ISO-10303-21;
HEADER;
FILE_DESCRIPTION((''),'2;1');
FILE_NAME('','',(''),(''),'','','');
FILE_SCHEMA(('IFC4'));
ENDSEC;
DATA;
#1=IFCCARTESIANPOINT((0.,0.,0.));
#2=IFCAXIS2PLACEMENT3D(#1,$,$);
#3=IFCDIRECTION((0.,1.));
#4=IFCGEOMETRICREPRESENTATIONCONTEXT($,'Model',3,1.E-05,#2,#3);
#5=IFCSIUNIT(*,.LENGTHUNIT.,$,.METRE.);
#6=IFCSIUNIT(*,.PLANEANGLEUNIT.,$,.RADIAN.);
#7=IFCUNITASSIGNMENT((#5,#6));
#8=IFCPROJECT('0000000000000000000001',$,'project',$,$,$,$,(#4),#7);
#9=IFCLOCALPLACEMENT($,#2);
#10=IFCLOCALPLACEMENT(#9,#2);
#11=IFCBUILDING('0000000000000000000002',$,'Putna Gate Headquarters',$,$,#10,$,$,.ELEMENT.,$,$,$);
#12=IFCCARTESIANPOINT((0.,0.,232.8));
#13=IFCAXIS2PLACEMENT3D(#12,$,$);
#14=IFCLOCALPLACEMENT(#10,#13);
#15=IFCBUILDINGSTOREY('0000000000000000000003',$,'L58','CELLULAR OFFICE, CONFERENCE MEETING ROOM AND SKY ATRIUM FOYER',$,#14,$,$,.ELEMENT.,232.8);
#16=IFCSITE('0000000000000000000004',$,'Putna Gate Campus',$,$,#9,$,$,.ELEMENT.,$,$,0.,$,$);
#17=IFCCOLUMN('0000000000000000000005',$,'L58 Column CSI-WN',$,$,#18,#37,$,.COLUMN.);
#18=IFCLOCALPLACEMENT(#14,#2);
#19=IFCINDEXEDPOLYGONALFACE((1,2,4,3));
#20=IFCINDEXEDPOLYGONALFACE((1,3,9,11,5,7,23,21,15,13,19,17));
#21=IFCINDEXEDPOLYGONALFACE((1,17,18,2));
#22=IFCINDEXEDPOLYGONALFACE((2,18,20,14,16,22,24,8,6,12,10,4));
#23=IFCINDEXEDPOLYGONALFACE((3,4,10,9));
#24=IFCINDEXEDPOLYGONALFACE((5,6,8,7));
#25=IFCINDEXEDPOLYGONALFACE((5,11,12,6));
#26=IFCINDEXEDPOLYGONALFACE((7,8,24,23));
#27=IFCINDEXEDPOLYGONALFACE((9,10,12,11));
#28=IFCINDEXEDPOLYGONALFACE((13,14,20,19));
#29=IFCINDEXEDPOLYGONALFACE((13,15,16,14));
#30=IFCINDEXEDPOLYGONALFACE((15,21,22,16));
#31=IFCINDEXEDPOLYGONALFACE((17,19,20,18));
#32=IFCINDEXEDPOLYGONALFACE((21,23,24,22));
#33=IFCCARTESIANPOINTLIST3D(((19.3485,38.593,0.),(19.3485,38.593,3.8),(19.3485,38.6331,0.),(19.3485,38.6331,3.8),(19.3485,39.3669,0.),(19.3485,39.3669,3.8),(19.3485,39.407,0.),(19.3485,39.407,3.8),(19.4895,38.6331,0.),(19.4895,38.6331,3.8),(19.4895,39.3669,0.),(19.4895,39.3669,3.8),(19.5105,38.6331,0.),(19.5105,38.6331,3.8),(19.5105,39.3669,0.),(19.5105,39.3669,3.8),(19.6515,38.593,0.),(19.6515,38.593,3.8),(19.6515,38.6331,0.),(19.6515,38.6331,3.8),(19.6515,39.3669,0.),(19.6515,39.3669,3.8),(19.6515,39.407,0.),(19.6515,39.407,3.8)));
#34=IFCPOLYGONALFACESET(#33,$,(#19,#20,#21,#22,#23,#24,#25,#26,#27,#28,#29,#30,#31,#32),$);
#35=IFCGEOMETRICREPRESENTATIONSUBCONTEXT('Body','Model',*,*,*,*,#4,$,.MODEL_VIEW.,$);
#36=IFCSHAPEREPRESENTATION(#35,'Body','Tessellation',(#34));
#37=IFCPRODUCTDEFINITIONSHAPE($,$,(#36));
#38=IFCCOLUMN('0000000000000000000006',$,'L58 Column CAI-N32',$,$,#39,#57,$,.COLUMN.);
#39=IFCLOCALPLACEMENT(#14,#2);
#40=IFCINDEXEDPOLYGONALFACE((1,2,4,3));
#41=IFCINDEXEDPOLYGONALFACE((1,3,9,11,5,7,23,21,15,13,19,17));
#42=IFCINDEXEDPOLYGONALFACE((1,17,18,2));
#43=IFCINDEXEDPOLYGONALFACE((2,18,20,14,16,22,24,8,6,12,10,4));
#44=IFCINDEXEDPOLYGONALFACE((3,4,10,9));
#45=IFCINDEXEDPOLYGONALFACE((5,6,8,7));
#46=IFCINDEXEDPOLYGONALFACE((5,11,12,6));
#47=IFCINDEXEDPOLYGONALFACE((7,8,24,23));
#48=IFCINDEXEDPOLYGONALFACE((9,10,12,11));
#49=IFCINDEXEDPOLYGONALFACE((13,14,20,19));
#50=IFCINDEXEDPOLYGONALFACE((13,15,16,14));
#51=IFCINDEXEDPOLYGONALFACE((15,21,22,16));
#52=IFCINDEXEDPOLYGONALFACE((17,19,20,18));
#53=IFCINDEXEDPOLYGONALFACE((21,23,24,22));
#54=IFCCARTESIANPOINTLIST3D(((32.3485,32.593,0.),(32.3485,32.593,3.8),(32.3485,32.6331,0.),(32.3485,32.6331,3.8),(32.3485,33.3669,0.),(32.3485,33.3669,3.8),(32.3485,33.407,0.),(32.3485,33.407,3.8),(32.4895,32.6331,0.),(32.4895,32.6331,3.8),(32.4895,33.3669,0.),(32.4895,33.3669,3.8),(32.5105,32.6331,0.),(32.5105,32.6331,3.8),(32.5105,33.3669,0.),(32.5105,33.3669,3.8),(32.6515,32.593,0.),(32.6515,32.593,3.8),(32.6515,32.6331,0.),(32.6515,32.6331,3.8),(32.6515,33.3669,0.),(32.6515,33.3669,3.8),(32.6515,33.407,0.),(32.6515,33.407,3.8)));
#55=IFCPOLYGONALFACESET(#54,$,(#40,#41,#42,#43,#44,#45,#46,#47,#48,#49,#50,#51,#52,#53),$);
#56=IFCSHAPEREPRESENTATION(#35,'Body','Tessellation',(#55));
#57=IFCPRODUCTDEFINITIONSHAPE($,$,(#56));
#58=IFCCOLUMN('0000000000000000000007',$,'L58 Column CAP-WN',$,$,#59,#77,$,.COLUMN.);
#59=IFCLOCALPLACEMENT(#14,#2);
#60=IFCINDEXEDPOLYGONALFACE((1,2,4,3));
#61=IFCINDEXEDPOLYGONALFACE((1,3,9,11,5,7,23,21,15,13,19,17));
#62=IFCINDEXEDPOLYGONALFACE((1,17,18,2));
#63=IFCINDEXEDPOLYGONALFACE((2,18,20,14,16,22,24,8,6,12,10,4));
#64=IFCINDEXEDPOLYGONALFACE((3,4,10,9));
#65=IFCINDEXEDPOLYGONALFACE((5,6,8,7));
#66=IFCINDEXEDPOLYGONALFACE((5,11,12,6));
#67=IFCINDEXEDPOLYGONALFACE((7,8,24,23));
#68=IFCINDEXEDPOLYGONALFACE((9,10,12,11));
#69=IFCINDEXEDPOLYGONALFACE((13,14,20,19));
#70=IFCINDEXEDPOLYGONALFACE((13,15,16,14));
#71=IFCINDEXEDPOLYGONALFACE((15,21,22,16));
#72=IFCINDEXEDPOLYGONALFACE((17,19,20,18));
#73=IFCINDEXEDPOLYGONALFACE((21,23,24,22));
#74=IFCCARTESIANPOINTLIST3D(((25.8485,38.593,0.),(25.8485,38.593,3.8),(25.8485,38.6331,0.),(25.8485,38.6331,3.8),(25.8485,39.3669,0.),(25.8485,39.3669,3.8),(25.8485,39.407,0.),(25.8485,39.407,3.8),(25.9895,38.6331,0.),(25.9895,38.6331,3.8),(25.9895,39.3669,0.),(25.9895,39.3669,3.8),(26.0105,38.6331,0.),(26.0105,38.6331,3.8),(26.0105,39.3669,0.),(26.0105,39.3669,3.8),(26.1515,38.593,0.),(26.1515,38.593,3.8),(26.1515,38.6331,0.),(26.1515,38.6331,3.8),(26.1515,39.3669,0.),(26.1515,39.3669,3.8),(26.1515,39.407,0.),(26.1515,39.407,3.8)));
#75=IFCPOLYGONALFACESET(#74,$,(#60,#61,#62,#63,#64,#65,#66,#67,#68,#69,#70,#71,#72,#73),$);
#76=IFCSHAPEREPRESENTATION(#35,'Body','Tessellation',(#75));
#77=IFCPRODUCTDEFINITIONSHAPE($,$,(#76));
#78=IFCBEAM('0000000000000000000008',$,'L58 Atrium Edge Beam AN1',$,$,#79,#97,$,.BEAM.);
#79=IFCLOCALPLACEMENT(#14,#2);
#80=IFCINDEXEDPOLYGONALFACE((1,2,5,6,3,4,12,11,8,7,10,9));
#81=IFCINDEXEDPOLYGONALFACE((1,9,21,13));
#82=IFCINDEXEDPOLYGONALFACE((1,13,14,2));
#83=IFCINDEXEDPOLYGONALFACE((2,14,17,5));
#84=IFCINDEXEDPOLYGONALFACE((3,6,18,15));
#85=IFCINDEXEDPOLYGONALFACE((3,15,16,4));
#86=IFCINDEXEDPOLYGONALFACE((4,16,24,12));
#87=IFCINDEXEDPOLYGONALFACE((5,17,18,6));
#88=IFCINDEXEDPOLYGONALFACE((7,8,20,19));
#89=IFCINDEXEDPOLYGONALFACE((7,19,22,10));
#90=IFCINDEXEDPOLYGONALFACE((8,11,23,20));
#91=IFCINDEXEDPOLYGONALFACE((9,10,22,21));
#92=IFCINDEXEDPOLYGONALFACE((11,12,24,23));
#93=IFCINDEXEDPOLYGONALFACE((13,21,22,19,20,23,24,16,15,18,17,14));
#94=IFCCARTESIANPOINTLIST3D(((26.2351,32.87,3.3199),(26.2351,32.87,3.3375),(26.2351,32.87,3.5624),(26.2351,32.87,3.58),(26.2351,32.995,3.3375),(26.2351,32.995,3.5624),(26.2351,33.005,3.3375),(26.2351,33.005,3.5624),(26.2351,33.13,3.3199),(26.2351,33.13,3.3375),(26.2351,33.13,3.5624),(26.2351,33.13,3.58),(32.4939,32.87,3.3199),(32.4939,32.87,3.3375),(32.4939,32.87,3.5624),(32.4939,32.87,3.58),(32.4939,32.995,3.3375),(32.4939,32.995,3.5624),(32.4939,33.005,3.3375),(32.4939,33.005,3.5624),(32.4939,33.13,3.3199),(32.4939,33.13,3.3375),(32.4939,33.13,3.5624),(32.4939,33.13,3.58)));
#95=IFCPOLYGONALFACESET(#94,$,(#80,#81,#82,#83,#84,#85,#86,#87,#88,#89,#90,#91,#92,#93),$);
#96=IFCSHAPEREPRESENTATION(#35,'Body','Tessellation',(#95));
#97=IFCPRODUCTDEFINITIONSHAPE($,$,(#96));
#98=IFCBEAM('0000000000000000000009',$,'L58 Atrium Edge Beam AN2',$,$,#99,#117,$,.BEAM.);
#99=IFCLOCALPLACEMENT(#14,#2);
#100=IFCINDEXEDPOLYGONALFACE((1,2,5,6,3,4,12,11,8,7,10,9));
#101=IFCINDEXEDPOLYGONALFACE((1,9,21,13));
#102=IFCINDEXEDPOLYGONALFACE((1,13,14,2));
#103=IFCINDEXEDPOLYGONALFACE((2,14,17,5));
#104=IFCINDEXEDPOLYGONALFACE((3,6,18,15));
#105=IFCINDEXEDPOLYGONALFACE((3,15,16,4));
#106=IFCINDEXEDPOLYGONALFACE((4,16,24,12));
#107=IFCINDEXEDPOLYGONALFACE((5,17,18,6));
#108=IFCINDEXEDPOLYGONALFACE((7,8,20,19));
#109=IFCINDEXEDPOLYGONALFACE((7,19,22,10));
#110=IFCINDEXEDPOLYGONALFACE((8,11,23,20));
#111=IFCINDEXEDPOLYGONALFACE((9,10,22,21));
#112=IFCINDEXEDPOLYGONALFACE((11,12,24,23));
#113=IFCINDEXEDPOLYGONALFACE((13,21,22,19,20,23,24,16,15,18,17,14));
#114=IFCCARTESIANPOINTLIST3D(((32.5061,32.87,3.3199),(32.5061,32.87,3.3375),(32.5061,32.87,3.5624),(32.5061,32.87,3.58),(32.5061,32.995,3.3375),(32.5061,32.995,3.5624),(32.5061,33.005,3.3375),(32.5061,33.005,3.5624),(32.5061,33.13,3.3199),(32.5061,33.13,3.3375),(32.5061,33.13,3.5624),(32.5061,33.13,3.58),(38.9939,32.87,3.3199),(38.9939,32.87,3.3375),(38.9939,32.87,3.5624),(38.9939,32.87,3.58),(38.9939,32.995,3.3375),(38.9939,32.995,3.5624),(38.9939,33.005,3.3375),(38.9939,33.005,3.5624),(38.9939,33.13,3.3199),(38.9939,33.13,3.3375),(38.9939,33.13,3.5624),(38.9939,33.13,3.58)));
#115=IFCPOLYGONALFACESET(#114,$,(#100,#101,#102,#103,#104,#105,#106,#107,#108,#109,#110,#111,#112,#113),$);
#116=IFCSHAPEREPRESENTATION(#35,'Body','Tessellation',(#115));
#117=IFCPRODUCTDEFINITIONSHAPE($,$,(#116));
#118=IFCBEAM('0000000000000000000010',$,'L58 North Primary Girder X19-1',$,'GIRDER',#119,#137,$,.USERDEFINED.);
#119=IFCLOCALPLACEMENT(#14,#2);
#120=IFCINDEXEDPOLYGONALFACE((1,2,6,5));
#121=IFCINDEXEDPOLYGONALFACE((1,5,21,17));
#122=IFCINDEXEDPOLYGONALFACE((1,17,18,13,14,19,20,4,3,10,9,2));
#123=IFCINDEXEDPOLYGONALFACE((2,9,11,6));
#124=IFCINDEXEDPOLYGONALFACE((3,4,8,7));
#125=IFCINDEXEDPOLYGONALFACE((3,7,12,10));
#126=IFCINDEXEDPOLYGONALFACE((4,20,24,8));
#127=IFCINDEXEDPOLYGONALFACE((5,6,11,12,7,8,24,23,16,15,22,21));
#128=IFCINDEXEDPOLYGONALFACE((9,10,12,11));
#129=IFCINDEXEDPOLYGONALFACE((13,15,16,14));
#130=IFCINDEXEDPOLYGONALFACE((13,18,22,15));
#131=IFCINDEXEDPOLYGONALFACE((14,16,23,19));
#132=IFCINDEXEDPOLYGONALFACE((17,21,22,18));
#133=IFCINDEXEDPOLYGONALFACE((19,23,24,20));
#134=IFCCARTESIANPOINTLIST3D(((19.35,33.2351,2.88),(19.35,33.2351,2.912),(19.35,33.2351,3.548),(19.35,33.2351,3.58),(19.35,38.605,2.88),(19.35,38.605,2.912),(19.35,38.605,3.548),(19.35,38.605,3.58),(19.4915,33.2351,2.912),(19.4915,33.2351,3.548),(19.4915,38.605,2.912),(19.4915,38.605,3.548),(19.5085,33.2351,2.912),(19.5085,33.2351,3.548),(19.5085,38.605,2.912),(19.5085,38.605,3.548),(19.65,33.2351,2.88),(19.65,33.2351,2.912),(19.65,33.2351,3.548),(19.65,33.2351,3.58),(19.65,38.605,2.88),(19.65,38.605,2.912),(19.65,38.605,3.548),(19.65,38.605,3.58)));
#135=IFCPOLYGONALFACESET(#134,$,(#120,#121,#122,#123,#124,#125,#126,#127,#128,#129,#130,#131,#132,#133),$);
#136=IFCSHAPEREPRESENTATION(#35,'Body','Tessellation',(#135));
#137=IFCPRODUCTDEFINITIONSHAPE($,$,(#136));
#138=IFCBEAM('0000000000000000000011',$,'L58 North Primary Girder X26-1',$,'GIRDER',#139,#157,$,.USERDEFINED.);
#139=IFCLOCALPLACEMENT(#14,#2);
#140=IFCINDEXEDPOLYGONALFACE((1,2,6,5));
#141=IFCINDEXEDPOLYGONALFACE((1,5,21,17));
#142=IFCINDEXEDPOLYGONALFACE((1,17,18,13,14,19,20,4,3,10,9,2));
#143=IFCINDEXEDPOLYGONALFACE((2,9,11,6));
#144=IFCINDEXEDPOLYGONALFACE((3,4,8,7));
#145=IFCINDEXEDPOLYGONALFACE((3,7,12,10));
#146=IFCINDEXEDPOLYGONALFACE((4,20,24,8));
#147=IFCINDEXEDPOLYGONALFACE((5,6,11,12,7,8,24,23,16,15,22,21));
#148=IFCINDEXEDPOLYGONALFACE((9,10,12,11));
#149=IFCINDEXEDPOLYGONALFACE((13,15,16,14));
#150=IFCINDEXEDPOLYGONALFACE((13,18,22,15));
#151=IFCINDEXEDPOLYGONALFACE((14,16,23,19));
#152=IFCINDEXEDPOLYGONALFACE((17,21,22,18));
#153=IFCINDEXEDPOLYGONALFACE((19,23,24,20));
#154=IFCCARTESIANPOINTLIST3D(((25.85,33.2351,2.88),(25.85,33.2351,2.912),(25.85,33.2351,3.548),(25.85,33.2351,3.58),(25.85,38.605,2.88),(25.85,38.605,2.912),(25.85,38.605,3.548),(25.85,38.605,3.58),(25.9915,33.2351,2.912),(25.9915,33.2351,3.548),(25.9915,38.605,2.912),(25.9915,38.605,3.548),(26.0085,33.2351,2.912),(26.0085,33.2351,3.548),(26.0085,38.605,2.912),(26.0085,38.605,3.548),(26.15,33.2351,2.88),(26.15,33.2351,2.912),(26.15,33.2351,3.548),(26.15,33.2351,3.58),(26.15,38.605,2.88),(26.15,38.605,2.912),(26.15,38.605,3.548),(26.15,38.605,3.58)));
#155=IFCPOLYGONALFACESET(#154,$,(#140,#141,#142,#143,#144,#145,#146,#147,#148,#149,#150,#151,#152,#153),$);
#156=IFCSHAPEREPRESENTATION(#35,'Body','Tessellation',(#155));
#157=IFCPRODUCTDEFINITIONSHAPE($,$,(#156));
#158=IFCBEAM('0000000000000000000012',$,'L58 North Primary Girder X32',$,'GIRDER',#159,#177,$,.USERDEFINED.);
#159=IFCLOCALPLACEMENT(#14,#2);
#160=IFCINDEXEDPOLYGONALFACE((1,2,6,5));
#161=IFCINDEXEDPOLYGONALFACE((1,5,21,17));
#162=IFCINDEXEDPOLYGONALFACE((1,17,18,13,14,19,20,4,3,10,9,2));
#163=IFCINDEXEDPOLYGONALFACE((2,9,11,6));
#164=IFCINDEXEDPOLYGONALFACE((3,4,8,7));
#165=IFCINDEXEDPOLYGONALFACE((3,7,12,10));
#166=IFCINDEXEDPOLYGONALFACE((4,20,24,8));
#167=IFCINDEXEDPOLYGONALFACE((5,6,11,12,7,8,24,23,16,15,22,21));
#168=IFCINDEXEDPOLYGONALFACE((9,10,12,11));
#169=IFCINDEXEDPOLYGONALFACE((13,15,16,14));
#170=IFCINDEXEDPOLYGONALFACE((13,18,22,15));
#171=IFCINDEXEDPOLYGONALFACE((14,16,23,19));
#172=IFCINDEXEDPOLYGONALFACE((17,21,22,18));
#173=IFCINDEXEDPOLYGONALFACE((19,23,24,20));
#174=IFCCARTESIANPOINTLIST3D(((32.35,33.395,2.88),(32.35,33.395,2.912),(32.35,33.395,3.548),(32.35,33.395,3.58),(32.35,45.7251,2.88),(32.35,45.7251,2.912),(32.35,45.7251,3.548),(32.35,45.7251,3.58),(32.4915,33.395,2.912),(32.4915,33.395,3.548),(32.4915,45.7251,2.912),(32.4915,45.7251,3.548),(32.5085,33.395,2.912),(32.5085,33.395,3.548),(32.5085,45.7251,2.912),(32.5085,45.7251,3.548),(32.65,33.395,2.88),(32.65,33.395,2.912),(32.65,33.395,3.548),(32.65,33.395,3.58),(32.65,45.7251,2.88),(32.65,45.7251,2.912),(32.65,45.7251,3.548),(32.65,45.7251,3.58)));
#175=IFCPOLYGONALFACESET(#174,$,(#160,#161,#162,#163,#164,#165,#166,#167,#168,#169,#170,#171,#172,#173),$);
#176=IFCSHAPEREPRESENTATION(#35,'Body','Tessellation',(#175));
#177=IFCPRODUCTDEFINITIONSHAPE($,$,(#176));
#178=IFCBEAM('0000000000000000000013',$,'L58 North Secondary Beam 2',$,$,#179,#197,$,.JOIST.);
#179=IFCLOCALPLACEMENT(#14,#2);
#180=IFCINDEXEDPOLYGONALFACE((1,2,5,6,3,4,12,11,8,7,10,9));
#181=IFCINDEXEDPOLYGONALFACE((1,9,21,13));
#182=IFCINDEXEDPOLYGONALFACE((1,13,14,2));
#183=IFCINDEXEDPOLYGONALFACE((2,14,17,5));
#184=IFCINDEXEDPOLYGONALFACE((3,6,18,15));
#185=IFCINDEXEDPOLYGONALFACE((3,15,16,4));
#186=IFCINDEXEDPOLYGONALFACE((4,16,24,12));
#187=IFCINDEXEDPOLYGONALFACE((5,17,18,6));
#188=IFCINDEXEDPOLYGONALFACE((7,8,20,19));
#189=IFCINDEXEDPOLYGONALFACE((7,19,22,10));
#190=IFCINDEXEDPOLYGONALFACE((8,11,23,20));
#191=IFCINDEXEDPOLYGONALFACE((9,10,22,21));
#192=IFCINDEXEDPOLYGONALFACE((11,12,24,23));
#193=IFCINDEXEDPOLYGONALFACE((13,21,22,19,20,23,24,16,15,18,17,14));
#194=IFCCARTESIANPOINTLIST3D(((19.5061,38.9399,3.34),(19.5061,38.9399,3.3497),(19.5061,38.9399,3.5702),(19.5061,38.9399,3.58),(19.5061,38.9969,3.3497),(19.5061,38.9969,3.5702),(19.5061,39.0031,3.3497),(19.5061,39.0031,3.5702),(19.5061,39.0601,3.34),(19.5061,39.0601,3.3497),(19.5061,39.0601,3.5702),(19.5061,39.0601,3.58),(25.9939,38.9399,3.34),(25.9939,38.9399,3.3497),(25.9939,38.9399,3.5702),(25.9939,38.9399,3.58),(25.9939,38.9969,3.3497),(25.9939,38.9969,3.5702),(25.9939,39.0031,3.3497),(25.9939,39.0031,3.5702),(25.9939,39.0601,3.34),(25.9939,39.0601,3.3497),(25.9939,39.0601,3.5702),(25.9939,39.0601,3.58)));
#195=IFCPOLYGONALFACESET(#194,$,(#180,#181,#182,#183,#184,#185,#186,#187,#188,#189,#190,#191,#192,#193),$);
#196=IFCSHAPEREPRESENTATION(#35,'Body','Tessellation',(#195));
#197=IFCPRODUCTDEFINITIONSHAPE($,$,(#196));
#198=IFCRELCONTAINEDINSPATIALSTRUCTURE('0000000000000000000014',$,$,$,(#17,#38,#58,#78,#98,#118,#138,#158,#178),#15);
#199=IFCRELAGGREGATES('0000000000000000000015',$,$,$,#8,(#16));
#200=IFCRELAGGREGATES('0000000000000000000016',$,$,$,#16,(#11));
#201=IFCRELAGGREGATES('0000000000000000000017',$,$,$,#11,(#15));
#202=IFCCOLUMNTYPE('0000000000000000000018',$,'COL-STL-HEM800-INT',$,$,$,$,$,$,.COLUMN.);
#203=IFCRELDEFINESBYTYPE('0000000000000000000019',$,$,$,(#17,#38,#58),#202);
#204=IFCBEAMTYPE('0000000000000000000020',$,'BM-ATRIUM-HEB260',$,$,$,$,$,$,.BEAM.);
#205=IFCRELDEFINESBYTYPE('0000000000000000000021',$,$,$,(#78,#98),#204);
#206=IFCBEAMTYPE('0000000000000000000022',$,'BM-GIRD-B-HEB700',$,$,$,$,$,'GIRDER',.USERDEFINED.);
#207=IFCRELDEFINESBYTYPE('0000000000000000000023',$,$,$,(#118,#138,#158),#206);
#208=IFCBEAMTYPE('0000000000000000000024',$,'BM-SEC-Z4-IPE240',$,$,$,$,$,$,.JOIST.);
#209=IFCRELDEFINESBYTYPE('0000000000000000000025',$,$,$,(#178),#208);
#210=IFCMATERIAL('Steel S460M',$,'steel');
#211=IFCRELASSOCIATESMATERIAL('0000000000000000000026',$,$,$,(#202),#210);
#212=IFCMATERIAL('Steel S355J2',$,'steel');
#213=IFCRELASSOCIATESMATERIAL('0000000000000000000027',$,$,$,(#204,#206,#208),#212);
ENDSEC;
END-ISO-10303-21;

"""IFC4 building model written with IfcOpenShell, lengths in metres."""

from ifc_helpers import new_model, si_unit, direction, frame, origin, origin_2d, place, context, subcontext, project, spatial, i_section, extrude, material, material_profile, profile_set, type_object, element, save


model = new_model("IFC4")

# Units and contexts
model_context = context("Model", 3, precision=1e-05, world=origin(), true_north=direction((0.0, 1.0)))
body_context = subcontext(model_context, "Body", "Model", "MODEL_VIEW")
ifc_project = project(units=[si_unit("LENGTHUNIT", "METRE"), si_unit("PLANEANGLEUNIT", "RADIAN")], contexts=[model_context])

# Site, building, storey
site_placement = place(None, origin())
site = spatial("IfcSite", under=ifc_project, at=site_placement, Name="Putna Gate Campus", CompositionType="ELEMENT", RefElevation=0.0)
building_placement = place(site_placement, origin())
building = spatial("IfcBuilding", under=site, at=building_placement, Name="Putna Gate Headquarters", CompositionType="ELEMENT")
storey_placement = place(building_placement, frame((0.0, 0.0, 232.8)))
storey = spatial("IfcBuildingStorey", under=building, at=storey_placement, Name="L58", Description="CELLULAR OFFICE, CONFERENCE MEETING ROOM AND SKY ATRIUM FOYER", CompositionType="ELEMENT", Elevation=232.8)

# Columns
ifc_material_1 = material(Name="Steel S460M", Category="steel")
ifc_material_profile_1 = material_profile(ifc_material_1, i_section(OverallWidth=0.303, OverallDepth=0.814, WebThickness=0.021, FlangeThickness=0.04, at=origin_2d()), Name="Steel S460M")
ifc_profile_set_1 = profile_set([ifc_material_profile_1], Name="Steel S460M")
column_type = type_object("IfcColumnType", Name="COL-STL-HEM800-INT", PredefinedType="COLUMN", material=ifc_profile_set_1)
for number, where, z_axis, x_axis, name in (
    (1, (19.5, 39.0, 0.0), (0.0, 0.0, 1.0), (1.0, 0.0, 0.0), "L58 Column CSI-WN"),
    (2, (32.5, 33.0, 0.0), (0.0, 0.0, 1.0), (1.0, 0.0, 0.0), "L58 Column CAI-N32"),
    (3, (26.0, 39.0, 0.0), (0.0, 0.0, 1.0), (1.0, 0.0, 0.0), "L58 Column CAP-WN"),
):
    element("IfcColumn", number, at=place(storey_placement, frame(where, z_axis=z_axis, x_axis=x_axis)), inside=storey, type_object=column_type, Name=name, PredefinedType="COLUMN", context=body_context, shape_type="SweptSolid", body=[
        extrude(i_section(OverallWidth=0.303, OverallDepth=0.814, WebThickness=0.021, FlangeThickness=0.04, at=origin_2d()), origin(), (0.0, 0.0, 1.0), 3.8),
    ])

# Beams
ifc_material_2 = material(Name="Steel S355J2", Category="steel")
ifc_material_profile_2 = material_profile(ifc_material_2, i_section(OverallWidth=0.26, OverallDepth=0.26, WebThickness=0.01, FlangeThickness=0.0176, at=origin_2d()), Name="Steel S355J2")
ifc_profile_set_2 = profile_set([ifc_material_profile_2], Name="Steel S355J2")
beam_type_1 = type_object("IfcBeamType", Name="BM-ATRIUM-HEB260", PredefinedType="BEAM", material=ifc_profile_set_2)
beam_1_placement = place(storey_placement, frame((26.2351, 33.0, 3.45), z_axis=(1.0, 0.0, 0.0), x_axis=(0.0, 1.0, 0.0)))
element("IfcBeam", 4, at=beam_1_placement, inside=storey, type_object=beam_type_1, Name="L58 Atrium Edge Beam AN1", PredefinedType="BEAM", context=body_context, shape_type="SweptSolid", body=[
    extrude(i_section(OverallWidth=0.26, OverallDepth=0.26, WebThickness=0.01, FlangeThickness=0.0176, at=origin_2d()), origin(), (0.0, 0.0, 1.0), 6.2588),
])
beam_2_placement = place(storey_placement, frame((32.5061, 33.0, 3.45), z_axis=(1.0, 0.0, 0.0), x_axis=(0.0, 1.0, 0.0)))
element("IfcBeam", 5, at=beam_2_placement, inside=storey, type_object=beam_type_1, Name="L58 Atrium Edge Beam AN2", PredefinedType="BEAM", context=body_context, shape_type="SweptSolid", body=[
    extrude(i_section(OverallWidth=0.26, OverallDepth=0.26, WebThickness=0.01, FlangeThickness=0.0176, at=origin_2d()), origin(), (0.0, 0.0, 1.0), 6.4878),
])
ifc_material_profile_3 = material_profile(ifc_material_2, i_section(OverallWidth=0.3, OverallDepth=0.7, WebThickness=0.0171, FlangeThickness=0.032, at=origin_2d()), Name="Steel S355J2")
ifc_profile_set_3 = profile_set([ifc_material_profile_3], Name="Steel S355J2")
beam_type_2 = type_object("IfcBeamType", Name="BM-GIRD-B-HEB700", ElementType="GIRDER", PredefinedType="USERDEFINED", material=ifc_profile_set_3)
for number, where, z_axis, x_axis, name in (
    (6, (19.5, 33.2351, 3.23), (0.0, 1.0, 0.0), (-1.0, 0.0, 0.0), "L58 North Primary Girder X19-1"),
    (7, (26.0, 33.2351, 3.23), (0.0, 1.0, 0.0), (-1.0, 0.0, 0.0), "L58 North Primary Girder X26-1"),
):
    element("IfcBeam", number, at=place(storey_placement, frame(where, z_axis=z_axis, x_axis=x_axis)), inside=storey, type_object=beam_type_2, Name=name, ObjectType="GIRDER", PredefinedType="USERDEFINED", context=body_context, shape_type="SweptSolid", body=[
        extrude(i_section(OverallWidth=0.3, OverallDepth=0.7, WebThickness=0.0171, FlangeThickness=0.032, at=origin_2d()), origin(), (0.0, 0.0, 1.0), 5.3699),
    ])
beam_3_placement = place(storey_placement, frame((32.5, 33.395, 3.23), z_axis=(0.0, 1.0, 0.0), x_axis=(-1.0, 0.0, 0.0)))
element("IfcBeam", 8, at=beam_3_placement, inside=storey, type_object=beam_type_2, Name="L58 North Primary Girder X32", ObjectType="GIRDER", PredefinedType="USERDEFINED", context=body_context, shape_type="SweptSolid", body=[
    extrude(i_section(OverallWidth=0.3, OverallDepth=0.7, WebThickness=0.0171, FlangeThickness=0.032, at=origin_2d()), origin(), (0.0, 0.0, 1.0), 12.3301),
])
ifc_material_profile_4 = material_profile(ifc_material_2, i_section(OverallWidth=0.1201, OverallDepth=0.24, WebThickness=0.0061, FlangeThickness=0.0098, at=origin_2d()), Name="Steel S355J2")
ifc_profile_set_4 = profile_set([ifc_material_profile_4], Name="Steel S355J2")
beam_type_3 = type_object("IfcBeamType", Name="BM-SEC-Z4-IPE240", PredefinedType="JOIST", material=ifc_profile_set_4)
beam_4_placement = place(storey_placement, frame((19.5061, 39.0, 3.46), z_axis=(1.0, 0.0, 0.0), x_axis=(0.0, 1.0, 0.0)))
element("IfcBeam", 9, at=beam_4_placement, inside=storey, type_object=beam_type_3, Name="L58 North Secondary Beam 2", PredefinedType="JOIST", context=body_context, shape_type="SweptSolid", body=[
    extrude(i_section(OverallWidth=0.1201, OverallDepth=0.24, WebThickness=0.0061, FlangeThickness=0.0098, at=origin_2d()), origin(), (0.0, 0.0, 1.0), 6.4878),
])

save(model, "model.ifc")
